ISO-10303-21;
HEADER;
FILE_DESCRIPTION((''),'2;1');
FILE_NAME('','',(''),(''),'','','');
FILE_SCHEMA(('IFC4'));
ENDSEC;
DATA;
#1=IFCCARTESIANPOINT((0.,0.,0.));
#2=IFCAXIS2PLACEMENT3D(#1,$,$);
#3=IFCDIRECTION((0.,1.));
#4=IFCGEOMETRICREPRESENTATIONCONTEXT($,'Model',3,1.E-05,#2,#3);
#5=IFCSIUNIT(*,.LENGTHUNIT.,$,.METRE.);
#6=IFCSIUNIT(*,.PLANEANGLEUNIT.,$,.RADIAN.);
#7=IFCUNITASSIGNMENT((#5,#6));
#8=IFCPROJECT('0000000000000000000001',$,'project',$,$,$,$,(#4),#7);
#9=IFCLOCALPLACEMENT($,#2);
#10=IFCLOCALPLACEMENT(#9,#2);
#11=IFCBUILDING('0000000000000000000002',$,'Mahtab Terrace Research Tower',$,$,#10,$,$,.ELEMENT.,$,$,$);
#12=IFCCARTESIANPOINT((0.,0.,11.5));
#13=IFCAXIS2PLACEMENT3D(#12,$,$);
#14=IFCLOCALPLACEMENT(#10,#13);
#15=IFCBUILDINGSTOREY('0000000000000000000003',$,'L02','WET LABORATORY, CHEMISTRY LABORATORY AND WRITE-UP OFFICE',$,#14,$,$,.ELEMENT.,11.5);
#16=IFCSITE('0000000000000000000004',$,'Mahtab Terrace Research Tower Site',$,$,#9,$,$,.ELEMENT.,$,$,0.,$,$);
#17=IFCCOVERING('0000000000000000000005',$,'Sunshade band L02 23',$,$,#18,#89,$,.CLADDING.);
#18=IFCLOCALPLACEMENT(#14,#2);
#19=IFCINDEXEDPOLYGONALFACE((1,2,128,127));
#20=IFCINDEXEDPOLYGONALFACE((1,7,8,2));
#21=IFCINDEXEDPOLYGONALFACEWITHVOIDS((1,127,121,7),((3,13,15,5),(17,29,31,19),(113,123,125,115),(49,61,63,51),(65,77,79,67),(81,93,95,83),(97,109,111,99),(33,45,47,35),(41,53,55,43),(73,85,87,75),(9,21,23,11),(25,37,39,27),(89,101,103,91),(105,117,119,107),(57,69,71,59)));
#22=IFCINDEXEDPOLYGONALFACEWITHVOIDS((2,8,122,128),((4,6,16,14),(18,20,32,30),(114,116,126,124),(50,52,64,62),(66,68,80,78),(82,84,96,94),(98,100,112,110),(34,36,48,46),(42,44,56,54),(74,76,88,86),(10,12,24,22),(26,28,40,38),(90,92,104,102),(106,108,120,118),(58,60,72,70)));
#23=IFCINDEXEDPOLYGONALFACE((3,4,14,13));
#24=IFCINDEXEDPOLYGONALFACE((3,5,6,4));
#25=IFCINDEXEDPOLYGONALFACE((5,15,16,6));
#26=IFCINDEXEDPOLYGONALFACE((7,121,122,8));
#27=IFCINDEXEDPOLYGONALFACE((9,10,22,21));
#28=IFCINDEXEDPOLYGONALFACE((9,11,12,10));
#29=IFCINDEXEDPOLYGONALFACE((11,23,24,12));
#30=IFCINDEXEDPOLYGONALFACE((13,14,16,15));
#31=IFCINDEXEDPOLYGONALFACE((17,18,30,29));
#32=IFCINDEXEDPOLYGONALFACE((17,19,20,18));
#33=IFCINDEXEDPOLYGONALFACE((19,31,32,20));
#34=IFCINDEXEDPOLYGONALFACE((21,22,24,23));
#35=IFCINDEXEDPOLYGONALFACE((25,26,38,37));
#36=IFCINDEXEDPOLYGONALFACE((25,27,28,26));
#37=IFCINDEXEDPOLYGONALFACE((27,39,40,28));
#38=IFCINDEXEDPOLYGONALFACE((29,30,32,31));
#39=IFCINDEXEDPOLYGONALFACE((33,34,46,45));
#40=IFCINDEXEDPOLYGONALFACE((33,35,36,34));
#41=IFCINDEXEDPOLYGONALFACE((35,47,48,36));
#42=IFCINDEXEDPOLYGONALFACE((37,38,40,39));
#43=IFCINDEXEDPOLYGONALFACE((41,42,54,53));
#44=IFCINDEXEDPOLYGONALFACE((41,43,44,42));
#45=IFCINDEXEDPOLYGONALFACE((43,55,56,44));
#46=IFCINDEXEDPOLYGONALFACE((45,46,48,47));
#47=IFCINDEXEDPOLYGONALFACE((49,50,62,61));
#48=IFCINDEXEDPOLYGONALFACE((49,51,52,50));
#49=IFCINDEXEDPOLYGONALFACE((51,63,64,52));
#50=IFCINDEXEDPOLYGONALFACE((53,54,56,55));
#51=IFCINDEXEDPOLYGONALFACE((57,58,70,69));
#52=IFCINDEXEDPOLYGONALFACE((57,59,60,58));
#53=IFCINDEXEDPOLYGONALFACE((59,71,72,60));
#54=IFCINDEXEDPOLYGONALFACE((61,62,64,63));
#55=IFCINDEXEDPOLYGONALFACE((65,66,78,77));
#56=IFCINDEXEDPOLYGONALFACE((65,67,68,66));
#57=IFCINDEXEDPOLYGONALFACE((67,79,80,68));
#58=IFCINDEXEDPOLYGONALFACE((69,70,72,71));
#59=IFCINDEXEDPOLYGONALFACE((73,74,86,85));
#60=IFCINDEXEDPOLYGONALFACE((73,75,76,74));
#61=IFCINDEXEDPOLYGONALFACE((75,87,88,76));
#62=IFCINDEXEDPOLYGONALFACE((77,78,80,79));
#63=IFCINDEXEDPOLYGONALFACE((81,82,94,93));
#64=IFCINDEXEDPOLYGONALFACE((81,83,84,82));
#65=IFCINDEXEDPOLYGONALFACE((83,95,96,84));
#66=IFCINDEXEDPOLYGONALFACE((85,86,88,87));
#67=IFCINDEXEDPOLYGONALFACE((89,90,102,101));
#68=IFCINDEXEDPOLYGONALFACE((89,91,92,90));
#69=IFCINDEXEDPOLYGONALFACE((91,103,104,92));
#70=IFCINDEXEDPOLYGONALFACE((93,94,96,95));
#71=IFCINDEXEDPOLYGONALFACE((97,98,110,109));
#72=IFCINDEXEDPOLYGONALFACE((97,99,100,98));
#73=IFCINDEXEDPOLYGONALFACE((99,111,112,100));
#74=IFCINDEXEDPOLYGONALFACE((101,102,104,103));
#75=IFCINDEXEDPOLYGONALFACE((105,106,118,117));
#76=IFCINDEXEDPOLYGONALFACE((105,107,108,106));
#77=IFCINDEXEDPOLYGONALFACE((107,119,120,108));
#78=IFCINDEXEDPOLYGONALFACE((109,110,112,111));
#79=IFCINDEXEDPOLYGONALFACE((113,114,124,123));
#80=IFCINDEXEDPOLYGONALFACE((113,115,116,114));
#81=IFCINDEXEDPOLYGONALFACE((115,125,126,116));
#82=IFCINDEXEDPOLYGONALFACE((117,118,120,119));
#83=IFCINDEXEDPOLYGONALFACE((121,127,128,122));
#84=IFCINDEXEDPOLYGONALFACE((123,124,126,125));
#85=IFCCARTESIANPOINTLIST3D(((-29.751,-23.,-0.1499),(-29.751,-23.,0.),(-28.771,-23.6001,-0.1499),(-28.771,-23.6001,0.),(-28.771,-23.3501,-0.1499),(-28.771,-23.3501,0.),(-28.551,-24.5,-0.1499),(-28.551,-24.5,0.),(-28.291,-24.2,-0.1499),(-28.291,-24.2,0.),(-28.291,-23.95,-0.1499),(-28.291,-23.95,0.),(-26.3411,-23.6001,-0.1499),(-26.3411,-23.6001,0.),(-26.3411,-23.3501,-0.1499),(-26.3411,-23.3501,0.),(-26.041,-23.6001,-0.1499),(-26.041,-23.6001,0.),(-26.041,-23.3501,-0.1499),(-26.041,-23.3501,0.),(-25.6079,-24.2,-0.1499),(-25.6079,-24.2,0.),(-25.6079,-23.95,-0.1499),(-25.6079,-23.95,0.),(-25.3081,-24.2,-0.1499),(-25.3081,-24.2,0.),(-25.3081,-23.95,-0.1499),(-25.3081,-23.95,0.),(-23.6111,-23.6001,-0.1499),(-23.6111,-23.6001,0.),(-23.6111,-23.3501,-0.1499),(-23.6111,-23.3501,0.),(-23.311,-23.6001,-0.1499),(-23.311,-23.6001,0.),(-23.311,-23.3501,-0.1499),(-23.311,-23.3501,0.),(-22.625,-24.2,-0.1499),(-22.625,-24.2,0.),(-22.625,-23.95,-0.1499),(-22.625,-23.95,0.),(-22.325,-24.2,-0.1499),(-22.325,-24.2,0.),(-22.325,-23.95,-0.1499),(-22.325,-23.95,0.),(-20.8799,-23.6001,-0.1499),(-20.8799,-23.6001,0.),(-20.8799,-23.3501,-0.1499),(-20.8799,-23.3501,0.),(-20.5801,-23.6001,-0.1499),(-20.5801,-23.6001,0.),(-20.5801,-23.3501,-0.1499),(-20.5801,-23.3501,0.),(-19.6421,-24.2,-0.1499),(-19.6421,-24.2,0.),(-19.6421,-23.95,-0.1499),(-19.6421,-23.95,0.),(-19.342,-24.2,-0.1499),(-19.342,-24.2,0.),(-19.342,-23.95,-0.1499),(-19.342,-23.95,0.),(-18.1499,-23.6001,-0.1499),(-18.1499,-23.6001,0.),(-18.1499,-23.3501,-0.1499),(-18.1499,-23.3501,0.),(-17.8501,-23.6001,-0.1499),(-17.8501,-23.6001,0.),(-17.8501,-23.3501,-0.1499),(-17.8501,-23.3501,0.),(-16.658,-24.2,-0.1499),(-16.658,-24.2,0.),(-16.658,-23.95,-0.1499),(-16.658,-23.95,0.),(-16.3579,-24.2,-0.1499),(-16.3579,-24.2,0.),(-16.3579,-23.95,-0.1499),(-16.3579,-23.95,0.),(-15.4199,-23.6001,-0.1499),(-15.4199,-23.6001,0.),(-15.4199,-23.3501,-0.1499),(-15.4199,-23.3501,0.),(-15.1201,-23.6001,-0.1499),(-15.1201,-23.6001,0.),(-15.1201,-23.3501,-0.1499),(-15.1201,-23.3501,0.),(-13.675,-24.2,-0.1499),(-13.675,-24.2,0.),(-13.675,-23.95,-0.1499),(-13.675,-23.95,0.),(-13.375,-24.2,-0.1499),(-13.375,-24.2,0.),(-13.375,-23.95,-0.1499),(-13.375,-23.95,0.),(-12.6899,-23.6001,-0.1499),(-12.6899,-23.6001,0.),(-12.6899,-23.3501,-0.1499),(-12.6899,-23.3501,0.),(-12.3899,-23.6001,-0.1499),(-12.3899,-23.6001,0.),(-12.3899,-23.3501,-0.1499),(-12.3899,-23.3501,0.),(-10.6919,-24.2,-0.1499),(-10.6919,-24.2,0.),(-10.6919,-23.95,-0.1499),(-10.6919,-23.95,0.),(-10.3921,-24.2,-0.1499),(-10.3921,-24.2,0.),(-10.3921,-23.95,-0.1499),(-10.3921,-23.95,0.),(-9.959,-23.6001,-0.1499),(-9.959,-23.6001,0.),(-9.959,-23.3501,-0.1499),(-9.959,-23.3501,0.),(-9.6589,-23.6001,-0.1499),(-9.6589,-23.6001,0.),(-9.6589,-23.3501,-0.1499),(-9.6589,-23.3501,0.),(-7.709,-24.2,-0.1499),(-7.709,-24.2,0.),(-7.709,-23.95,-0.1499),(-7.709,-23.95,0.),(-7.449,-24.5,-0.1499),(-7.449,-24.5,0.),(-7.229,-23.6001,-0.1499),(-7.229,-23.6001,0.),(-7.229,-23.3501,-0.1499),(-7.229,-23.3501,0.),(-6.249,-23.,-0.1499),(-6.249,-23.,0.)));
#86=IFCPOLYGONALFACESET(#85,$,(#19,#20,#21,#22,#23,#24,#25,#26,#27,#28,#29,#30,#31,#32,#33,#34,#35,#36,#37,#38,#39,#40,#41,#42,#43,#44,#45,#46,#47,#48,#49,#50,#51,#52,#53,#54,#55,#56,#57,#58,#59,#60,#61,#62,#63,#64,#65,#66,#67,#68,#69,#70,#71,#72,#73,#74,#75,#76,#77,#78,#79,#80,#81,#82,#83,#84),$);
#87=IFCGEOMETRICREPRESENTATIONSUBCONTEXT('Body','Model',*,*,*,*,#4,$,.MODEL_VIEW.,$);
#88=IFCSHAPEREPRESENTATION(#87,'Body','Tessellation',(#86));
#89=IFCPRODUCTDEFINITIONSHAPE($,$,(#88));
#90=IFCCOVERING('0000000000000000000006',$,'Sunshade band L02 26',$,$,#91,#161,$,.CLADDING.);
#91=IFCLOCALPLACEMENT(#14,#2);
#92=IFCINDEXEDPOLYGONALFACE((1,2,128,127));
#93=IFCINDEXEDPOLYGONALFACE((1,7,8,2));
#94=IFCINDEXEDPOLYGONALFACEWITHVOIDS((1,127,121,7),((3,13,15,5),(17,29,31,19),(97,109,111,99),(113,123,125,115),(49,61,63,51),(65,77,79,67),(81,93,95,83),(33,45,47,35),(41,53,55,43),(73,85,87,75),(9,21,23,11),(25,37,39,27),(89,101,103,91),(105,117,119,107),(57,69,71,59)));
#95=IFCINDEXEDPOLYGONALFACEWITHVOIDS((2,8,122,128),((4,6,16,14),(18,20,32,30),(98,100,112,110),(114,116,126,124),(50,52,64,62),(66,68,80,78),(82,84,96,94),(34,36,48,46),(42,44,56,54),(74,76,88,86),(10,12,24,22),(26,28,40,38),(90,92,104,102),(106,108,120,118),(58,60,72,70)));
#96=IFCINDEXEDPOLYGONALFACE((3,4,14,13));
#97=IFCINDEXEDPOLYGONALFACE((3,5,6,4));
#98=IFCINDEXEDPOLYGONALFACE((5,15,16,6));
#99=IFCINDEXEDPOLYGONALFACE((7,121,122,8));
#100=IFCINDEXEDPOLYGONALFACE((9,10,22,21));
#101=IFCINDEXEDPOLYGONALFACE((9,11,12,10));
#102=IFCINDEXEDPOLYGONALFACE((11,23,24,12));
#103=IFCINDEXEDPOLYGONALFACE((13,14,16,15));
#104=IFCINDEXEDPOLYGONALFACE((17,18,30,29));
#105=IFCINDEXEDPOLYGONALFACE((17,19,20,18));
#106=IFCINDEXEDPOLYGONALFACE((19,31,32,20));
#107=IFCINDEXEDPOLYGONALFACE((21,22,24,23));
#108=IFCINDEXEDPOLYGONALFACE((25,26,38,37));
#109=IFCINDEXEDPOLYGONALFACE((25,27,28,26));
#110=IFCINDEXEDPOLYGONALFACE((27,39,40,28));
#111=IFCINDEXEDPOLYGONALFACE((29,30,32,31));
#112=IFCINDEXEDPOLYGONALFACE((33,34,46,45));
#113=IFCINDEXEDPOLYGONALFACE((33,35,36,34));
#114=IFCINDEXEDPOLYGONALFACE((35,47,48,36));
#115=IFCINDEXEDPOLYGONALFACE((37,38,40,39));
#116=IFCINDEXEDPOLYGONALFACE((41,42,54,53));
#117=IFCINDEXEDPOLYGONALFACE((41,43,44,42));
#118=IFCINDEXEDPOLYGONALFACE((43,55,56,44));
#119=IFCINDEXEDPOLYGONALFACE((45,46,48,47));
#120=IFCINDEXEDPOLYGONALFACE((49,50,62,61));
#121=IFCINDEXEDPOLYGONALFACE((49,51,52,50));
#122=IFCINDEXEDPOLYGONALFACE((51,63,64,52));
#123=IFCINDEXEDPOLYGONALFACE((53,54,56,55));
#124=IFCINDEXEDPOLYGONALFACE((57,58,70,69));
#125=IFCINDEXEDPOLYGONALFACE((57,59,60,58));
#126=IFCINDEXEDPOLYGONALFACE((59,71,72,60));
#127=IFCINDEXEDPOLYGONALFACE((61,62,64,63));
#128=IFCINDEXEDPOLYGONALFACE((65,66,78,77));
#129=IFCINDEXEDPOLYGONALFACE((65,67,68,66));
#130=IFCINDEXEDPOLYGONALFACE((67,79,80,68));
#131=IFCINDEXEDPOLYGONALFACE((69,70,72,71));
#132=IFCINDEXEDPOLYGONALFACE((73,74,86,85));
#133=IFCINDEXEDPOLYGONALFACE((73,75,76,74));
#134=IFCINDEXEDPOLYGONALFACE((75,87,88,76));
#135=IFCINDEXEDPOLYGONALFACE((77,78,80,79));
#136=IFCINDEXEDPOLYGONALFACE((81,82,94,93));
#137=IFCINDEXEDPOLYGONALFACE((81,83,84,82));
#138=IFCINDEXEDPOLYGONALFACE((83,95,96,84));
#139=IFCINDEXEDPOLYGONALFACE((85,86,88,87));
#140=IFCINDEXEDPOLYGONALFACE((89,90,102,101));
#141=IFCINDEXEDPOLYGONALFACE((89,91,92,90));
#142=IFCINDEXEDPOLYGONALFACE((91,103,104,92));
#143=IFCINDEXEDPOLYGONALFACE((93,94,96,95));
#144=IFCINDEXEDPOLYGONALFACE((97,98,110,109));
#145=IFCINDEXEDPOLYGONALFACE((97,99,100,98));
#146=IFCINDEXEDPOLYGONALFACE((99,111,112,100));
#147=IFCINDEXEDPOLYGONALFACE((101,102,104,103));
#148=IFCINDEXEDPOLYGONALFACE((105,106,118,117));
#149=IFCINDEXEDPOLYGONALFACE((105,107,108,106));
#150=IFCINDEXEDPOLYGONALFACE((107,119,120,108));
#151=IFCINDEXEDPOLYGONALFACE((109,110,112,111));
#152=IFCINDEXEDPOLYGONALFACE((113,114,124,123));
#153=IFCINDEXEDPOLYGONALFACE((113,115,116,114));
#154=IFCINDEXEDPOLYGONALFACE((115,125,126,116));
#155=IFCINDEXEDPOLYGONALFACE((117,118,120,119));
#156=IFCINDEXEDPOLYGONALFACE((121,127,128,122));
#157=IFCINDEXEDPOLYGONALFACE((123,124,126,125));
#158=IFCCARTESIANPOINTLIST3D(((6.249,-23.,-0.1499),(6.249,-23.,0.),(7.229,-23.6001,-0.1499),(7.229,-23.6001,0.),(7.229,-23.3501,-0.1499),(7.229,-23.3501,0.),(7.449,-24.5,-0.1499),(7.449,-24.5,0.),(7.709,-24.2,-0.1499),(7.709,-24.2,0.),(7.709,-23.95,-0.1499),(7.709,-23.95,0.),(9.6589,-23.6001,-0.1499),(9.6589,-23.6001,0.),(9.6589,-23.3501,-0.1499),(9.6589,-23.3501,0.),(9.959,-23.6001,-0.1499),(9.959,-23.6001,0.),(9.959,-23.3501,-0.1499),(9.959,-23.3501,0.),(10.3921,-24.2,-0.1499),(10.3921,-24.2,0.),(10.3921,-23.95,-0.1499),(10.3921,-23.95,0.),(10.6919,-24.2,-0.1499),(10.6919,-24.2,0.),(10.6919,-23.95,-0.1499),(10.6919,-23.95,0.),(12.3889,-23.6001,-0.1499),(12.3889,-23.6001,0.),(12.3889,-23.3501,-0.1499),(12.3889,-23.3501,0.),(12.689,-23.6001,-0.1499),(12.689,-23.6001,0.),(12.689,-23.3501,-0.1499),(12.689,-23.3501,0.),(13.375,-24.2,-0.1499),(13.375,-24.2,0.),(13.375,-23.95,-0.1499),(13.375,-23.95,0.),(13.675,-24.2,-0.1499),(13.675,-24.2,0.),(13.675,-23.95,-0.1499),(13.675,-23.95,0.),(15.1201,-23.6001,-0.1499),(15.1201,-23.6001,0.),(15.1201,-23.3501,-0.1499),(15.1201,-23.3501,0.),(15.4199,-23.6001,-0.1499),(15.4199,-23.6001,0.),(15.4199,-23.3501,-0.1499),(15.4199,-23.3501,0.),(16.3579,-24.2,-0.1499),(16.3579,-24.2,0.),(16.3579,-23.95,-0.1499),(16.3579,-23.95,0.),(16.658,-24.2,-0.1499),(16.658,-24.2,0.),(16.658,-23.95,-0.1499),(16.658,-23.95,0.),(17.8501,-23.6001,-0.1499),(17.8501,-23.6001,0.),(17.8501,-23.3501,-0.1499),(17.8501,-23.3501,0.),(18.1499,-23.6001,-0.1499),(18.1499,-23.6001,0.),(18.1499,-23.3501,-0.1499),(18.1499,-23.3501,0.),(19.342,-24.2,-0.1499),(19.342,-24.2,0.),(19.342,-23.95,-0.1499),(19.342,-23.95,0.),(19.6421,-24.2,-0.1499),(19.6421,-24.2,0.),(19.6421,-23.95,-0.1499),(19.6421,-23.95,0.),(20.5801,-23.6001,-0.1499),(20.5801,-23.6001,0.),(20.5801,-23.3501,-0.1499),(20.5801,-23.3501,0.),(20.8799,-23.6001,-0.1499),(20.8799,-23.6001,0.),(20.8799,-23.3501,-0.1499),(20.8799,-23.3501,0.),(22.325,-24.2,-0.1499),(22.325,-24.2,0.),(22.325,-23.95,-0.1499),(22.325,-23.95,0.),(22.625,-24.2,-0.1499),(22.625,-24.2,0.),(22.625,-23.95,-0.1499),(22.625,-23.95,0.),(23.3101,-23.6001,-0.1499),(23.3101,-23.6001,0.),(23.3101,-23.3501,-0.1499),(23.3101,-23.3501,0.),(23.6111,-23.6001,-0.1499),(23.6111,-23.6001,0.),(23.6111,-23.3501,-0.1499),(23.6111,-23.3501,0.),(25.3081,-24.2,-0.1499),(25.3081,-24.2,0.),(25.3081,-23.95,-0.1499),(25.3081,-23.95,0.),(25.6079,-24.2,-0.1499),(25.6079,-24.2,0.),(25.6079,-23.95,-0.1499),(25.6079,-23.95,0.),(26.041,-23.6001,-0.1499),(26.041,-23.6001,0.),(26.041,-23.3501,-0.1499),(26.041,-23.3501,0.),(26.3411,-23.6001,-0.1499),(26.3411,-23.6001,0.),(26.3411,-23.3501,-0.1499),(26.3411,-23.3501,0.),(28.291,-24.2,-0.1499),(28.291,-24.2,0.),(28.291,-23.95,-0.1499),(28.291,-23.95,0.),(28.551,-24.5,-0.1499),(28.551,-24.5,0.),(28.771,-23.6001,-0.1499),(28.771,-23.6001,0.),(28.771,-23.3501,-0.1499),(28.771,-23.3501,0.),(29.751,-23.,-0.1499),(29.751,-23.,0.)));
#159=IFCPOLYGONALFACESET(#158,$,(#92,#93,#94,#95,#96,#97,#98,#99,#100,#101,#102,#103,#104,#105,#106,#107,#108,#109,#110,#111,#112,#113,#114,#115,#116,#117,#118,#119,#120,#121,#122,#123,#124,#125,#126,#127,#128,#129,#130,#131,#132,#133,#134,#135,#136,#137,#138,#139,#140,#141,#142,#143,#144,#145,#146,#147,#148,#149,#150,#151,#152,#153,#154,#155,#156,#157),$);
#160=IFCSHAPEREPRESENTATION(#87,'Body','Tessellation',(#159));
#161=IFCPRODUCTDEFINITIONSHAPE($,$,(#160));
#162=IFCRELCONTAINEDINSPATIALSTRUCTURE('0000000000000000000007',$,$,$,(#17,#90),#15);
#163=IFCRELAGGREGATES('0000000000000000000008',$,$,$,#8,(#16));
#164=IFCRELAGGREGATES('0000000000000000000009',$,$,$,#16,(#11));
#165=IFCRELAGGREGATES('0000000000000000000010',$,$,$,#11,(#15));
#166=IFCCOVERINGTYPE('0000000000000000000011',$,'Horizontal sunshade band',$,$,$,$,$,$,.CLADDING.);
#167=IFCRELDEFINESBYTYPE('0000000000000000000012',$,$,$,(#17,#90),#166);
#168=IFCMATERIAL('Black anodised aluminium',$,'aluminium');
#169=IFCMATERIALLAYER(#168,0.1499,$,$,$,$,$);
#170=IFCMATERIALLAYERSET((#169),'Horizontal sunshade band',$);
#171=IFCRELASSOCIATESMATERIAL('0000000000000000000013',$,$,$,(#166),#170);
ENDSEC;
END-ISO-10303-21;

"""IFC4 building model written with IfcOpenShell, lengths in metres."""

from ifc_helpers import new_model, si_unit, direction, frame, origin, place, context, subcontext, project, spatial, polyline, outline, extrude, material, layer, layer_set, type_object, element, save


model = new_model("IFC4")

# Units and contexts
model_context = context("Model", 3, precision=1e-05, world=origin(), true_north=direction((0.0, 1.0)))
body_context = subcontext(model_context, "Body", "Model", "MODEL_VIEW")
ifc_project = project(units=[si_unit("LENGTHUNIT", "METRE"), si_unit("PLANEANGLEUNIT", "RADIAN")], contexts=[model_context])

# Site, building, storey
site_placement = place(None, origin())
site = spatial("IfcSite", under=ifc_project, at=site_placement, Name="Mahtab Terrace Research Tower Site", CompositionType="ELEMENT", RefElevation=0.0)
building_placement = place(site_placement, origin())
building = spatial("IfcBuilding", under=site, at=building_placement, Name="Mahtab Terrace Research Tower", CompositionType="ELEMENT")
storey_placement = place(building_placement, frame((0.0, 0.0, 11.5)))
storey = spatial("IfcBuildingStorey", under=building, at=storey_placement, Name="L02", Description="WET LABORATORY, CHEMISTRY LABORATORY AND WRITE-UP OFFICE", CompositionType="ELEMENT", Elevation=11.5)

# Coverings
ifc_material_1 = material(Name="Black anodised aluminium", Category="aluminium")
ifc_layer_1 = layer(ifc_material_1, 0.1499)
ifc_layer_set_1 = layer_set([ifc_layer_1], Name="Horizontal sunshade band")
covering_type_1 = type_object("IfcCoveringType", Name="Horizontal sunshade band", PredefinedType="CLADDING", material=ifc_layer_set_1)
covering_1_placement = place(storey_placement, frame((0.0, 0.0, -0.1499)))
element("IfcCovering", 1, at=covering_1_placement, inside=storey, type_object=covering_type_1, Name="Sunshade band L02 23", PredefinedType="CLADDING", context=body_context, shape_type="SweptSolid", body=[
    extrude(outline(polyline([(-29.751, -23.0), (-6.249, -23.0), (-7.449, -24.5), (-28.551, -24.5), (-29.751, -23.0)]), holes=[polyline([(-28.771, -23.3501), (-26.3411, -23.3501), (-26.3411, -23.6001), (-28.771, -23.6001), (-28.771, -23.3501)]), polyline([(-26.041, -23.3501), (-23.6111, -23.3501), (-23.6111, -23.6001), (-26.041, -23.6001), (-26.041, -23.3501)]), polyline([(-23.311, -23.3501), (-20.8799, -23.3501), (-20.8799, -23.6001), (-23.311, -23.6001), (-23.311, -23.3501)]), polyline([(-20.5801, -23.3501), (-18.1499, -23.3501), (-18.1499, -23.6001), (-20.5801, -23.6001), (-20.5801, -23.3501)]), polyline([(-17.8501, -23.3501), (-15.4199, -23.3501), (-15.4199, -23.6001), (-17.8501, -23.6001), (-17.8501, -23.3501)]), polyline([(-15.1201, -23.3501), (-12.6899, -23.3501), (-12.6899, -23.6001), (-15.1201, -23.6001), (-15.1201, -23.3501)]), polyline([(-12.3899, -23.3501), (-9.959, -23.3501), (-9.959, -23.6001), (-12.3899, -23.6001), (-12.3899, -23.3501)]), polyline([(-9.6589, -23.3501), (-7.229, -23.3501), (-7.229, -23.6001), (-9.6589, -23.6001), (-9.6589, -23.3501)]), polyline([(-28.291, -23.95), (-25.6079, -23.95), (-25.6079, -24.2), (-28.291, -24.2), (-28.291, -23.95)]), polyline([(-25.3081, -23.95), (-22.625, -23.95), (-22.625, -24.2), (-25.3081, -24.2), (-25.3081, -23.95)]), polyline([(-22.325, -23.95), (-19.6421, -23.95), (-19.6421, -24.2), (-22.325, -24.2), (-22.325, -23.95)]), polyline([(-19.342, -23.95), (-16.658, -23.95), (-16.658, -24.2), (-19.342, -24.2), (-19.342, -23.95)]), polyline([(-16.3579, -23.95), (-13.675, -23.95), (-13.675, -24.2), (-16.3579, -24.2), (-16.3579, -23.95)]), polyline([(-13.375, -23.95), (-10.6919, -23.95), (-10.6919, -24.2), (-13.375, -24.2), (-13.375, -23.95)]), polyline([(-10.3921, -23.95), (-7.709, -23.95), (-7.709, -24.2), (-10.3921, -24.2), (-10.3921, -23.95)])]), origin(), (0.0, 0.0, 1.0), 0.1499),
])
covering_2_placement = place(storey_placement, frame((0.0, 0.0, -0.1499)))
element("IfcCovering", 2, at=covering_2_placement, inside=storey, type_object=covering_type_1, Name="Sunshade band L02 26", PredefinedType="CLADDING", context=body_context, shape_type="SweptSolid", body=[
    extrude(outline(polyline([(6.249, -23.0), (29.751, -23.0), (28.551, -24.5), (7.449, -24.5), (6.249, -23.0)]), holes=[polyline([(7.229, -23.3501), (9.6589, -23.3501), (9.6589, -23.6001), (7.229, -23.6001), (7.229, -23.3501)]), polyline([(9.959, -23.3501), (12.3889, -23.3501), (12.3889, -23.6001), (9.959, -23.6001), (9.959, -23.3501)]), polyline([(12.689, -23.3501), (15.1201, -23.3501), (15.1201, -23.6001), (12.689, -23.6001), (12.689, -23.3501)]), polyline([(15.4199, -23.3501), (17.8501, -23.3501), (17.8501, -23.6001), (15.4199, -23.6001), (15.4199, -23.3501)]), polyline([(18.1499, -23.3501), (20.5801, -23.3501), (20.5801, -23.6001), (18.1499, -23.6001), (18.1499, -23.3501)]), polyline([(20.8799, -23.3501), (23.3101, -23.3501), (23.3101, -23.6001), (20.8799, -23.6001), (20.8799, -23.3501)]), polyline([(23.6111, -23.3501), (26.041, -23.3501), (26.041, -23.6001), (23.6111, -23.6001), (23.6111, -23.3501)]), polyline([(26.3411, -23.3501), (28.771, -23.3501), (28.771, -23.6001), (26.3411, -23.6001), (26.3411, -23.3501)]), polyline([(7.709, -23.95), (10.3921, -23.95), (10.3921, -24.2), (7.709, -24.2), (7.709, -23.95)]), polyline([(10.6919, -23.95), (13.375, -23.95), (13.375, -24.2), (10.6919, -24.2), (10.6919, -23.95)]), polyline([(13.675, -23.95), (16.3579, -23.95), (16.3579, -24.2), (13.675, -24.2), (13.675, -23.95)]), polyline([(16.658, -23.95), (19.342, -23.95), (19.342, -24.2), (16.658, -24.2), (16.658, -23.95)]), polyline([(19.6421, -23.95), (22.325, -23.95), (22.325, -24.2), (19.6421, -24.2), (19.6421, -23.95)]), polyline([(22.625, -23.95), (25.3081, -23.95), (25.3081, -24.2), (22.625, -24.2), (22.625, -23.95)]), polyline([(25.6079, -23.95), (28.291, -23.95), (28.291, -24.2), (25.6079, -24.2), (25.6079, -23.95)])]), origin(), (0.0, 0.0, 1.0), 0.1499),
])

save(model, "model.ifc")
